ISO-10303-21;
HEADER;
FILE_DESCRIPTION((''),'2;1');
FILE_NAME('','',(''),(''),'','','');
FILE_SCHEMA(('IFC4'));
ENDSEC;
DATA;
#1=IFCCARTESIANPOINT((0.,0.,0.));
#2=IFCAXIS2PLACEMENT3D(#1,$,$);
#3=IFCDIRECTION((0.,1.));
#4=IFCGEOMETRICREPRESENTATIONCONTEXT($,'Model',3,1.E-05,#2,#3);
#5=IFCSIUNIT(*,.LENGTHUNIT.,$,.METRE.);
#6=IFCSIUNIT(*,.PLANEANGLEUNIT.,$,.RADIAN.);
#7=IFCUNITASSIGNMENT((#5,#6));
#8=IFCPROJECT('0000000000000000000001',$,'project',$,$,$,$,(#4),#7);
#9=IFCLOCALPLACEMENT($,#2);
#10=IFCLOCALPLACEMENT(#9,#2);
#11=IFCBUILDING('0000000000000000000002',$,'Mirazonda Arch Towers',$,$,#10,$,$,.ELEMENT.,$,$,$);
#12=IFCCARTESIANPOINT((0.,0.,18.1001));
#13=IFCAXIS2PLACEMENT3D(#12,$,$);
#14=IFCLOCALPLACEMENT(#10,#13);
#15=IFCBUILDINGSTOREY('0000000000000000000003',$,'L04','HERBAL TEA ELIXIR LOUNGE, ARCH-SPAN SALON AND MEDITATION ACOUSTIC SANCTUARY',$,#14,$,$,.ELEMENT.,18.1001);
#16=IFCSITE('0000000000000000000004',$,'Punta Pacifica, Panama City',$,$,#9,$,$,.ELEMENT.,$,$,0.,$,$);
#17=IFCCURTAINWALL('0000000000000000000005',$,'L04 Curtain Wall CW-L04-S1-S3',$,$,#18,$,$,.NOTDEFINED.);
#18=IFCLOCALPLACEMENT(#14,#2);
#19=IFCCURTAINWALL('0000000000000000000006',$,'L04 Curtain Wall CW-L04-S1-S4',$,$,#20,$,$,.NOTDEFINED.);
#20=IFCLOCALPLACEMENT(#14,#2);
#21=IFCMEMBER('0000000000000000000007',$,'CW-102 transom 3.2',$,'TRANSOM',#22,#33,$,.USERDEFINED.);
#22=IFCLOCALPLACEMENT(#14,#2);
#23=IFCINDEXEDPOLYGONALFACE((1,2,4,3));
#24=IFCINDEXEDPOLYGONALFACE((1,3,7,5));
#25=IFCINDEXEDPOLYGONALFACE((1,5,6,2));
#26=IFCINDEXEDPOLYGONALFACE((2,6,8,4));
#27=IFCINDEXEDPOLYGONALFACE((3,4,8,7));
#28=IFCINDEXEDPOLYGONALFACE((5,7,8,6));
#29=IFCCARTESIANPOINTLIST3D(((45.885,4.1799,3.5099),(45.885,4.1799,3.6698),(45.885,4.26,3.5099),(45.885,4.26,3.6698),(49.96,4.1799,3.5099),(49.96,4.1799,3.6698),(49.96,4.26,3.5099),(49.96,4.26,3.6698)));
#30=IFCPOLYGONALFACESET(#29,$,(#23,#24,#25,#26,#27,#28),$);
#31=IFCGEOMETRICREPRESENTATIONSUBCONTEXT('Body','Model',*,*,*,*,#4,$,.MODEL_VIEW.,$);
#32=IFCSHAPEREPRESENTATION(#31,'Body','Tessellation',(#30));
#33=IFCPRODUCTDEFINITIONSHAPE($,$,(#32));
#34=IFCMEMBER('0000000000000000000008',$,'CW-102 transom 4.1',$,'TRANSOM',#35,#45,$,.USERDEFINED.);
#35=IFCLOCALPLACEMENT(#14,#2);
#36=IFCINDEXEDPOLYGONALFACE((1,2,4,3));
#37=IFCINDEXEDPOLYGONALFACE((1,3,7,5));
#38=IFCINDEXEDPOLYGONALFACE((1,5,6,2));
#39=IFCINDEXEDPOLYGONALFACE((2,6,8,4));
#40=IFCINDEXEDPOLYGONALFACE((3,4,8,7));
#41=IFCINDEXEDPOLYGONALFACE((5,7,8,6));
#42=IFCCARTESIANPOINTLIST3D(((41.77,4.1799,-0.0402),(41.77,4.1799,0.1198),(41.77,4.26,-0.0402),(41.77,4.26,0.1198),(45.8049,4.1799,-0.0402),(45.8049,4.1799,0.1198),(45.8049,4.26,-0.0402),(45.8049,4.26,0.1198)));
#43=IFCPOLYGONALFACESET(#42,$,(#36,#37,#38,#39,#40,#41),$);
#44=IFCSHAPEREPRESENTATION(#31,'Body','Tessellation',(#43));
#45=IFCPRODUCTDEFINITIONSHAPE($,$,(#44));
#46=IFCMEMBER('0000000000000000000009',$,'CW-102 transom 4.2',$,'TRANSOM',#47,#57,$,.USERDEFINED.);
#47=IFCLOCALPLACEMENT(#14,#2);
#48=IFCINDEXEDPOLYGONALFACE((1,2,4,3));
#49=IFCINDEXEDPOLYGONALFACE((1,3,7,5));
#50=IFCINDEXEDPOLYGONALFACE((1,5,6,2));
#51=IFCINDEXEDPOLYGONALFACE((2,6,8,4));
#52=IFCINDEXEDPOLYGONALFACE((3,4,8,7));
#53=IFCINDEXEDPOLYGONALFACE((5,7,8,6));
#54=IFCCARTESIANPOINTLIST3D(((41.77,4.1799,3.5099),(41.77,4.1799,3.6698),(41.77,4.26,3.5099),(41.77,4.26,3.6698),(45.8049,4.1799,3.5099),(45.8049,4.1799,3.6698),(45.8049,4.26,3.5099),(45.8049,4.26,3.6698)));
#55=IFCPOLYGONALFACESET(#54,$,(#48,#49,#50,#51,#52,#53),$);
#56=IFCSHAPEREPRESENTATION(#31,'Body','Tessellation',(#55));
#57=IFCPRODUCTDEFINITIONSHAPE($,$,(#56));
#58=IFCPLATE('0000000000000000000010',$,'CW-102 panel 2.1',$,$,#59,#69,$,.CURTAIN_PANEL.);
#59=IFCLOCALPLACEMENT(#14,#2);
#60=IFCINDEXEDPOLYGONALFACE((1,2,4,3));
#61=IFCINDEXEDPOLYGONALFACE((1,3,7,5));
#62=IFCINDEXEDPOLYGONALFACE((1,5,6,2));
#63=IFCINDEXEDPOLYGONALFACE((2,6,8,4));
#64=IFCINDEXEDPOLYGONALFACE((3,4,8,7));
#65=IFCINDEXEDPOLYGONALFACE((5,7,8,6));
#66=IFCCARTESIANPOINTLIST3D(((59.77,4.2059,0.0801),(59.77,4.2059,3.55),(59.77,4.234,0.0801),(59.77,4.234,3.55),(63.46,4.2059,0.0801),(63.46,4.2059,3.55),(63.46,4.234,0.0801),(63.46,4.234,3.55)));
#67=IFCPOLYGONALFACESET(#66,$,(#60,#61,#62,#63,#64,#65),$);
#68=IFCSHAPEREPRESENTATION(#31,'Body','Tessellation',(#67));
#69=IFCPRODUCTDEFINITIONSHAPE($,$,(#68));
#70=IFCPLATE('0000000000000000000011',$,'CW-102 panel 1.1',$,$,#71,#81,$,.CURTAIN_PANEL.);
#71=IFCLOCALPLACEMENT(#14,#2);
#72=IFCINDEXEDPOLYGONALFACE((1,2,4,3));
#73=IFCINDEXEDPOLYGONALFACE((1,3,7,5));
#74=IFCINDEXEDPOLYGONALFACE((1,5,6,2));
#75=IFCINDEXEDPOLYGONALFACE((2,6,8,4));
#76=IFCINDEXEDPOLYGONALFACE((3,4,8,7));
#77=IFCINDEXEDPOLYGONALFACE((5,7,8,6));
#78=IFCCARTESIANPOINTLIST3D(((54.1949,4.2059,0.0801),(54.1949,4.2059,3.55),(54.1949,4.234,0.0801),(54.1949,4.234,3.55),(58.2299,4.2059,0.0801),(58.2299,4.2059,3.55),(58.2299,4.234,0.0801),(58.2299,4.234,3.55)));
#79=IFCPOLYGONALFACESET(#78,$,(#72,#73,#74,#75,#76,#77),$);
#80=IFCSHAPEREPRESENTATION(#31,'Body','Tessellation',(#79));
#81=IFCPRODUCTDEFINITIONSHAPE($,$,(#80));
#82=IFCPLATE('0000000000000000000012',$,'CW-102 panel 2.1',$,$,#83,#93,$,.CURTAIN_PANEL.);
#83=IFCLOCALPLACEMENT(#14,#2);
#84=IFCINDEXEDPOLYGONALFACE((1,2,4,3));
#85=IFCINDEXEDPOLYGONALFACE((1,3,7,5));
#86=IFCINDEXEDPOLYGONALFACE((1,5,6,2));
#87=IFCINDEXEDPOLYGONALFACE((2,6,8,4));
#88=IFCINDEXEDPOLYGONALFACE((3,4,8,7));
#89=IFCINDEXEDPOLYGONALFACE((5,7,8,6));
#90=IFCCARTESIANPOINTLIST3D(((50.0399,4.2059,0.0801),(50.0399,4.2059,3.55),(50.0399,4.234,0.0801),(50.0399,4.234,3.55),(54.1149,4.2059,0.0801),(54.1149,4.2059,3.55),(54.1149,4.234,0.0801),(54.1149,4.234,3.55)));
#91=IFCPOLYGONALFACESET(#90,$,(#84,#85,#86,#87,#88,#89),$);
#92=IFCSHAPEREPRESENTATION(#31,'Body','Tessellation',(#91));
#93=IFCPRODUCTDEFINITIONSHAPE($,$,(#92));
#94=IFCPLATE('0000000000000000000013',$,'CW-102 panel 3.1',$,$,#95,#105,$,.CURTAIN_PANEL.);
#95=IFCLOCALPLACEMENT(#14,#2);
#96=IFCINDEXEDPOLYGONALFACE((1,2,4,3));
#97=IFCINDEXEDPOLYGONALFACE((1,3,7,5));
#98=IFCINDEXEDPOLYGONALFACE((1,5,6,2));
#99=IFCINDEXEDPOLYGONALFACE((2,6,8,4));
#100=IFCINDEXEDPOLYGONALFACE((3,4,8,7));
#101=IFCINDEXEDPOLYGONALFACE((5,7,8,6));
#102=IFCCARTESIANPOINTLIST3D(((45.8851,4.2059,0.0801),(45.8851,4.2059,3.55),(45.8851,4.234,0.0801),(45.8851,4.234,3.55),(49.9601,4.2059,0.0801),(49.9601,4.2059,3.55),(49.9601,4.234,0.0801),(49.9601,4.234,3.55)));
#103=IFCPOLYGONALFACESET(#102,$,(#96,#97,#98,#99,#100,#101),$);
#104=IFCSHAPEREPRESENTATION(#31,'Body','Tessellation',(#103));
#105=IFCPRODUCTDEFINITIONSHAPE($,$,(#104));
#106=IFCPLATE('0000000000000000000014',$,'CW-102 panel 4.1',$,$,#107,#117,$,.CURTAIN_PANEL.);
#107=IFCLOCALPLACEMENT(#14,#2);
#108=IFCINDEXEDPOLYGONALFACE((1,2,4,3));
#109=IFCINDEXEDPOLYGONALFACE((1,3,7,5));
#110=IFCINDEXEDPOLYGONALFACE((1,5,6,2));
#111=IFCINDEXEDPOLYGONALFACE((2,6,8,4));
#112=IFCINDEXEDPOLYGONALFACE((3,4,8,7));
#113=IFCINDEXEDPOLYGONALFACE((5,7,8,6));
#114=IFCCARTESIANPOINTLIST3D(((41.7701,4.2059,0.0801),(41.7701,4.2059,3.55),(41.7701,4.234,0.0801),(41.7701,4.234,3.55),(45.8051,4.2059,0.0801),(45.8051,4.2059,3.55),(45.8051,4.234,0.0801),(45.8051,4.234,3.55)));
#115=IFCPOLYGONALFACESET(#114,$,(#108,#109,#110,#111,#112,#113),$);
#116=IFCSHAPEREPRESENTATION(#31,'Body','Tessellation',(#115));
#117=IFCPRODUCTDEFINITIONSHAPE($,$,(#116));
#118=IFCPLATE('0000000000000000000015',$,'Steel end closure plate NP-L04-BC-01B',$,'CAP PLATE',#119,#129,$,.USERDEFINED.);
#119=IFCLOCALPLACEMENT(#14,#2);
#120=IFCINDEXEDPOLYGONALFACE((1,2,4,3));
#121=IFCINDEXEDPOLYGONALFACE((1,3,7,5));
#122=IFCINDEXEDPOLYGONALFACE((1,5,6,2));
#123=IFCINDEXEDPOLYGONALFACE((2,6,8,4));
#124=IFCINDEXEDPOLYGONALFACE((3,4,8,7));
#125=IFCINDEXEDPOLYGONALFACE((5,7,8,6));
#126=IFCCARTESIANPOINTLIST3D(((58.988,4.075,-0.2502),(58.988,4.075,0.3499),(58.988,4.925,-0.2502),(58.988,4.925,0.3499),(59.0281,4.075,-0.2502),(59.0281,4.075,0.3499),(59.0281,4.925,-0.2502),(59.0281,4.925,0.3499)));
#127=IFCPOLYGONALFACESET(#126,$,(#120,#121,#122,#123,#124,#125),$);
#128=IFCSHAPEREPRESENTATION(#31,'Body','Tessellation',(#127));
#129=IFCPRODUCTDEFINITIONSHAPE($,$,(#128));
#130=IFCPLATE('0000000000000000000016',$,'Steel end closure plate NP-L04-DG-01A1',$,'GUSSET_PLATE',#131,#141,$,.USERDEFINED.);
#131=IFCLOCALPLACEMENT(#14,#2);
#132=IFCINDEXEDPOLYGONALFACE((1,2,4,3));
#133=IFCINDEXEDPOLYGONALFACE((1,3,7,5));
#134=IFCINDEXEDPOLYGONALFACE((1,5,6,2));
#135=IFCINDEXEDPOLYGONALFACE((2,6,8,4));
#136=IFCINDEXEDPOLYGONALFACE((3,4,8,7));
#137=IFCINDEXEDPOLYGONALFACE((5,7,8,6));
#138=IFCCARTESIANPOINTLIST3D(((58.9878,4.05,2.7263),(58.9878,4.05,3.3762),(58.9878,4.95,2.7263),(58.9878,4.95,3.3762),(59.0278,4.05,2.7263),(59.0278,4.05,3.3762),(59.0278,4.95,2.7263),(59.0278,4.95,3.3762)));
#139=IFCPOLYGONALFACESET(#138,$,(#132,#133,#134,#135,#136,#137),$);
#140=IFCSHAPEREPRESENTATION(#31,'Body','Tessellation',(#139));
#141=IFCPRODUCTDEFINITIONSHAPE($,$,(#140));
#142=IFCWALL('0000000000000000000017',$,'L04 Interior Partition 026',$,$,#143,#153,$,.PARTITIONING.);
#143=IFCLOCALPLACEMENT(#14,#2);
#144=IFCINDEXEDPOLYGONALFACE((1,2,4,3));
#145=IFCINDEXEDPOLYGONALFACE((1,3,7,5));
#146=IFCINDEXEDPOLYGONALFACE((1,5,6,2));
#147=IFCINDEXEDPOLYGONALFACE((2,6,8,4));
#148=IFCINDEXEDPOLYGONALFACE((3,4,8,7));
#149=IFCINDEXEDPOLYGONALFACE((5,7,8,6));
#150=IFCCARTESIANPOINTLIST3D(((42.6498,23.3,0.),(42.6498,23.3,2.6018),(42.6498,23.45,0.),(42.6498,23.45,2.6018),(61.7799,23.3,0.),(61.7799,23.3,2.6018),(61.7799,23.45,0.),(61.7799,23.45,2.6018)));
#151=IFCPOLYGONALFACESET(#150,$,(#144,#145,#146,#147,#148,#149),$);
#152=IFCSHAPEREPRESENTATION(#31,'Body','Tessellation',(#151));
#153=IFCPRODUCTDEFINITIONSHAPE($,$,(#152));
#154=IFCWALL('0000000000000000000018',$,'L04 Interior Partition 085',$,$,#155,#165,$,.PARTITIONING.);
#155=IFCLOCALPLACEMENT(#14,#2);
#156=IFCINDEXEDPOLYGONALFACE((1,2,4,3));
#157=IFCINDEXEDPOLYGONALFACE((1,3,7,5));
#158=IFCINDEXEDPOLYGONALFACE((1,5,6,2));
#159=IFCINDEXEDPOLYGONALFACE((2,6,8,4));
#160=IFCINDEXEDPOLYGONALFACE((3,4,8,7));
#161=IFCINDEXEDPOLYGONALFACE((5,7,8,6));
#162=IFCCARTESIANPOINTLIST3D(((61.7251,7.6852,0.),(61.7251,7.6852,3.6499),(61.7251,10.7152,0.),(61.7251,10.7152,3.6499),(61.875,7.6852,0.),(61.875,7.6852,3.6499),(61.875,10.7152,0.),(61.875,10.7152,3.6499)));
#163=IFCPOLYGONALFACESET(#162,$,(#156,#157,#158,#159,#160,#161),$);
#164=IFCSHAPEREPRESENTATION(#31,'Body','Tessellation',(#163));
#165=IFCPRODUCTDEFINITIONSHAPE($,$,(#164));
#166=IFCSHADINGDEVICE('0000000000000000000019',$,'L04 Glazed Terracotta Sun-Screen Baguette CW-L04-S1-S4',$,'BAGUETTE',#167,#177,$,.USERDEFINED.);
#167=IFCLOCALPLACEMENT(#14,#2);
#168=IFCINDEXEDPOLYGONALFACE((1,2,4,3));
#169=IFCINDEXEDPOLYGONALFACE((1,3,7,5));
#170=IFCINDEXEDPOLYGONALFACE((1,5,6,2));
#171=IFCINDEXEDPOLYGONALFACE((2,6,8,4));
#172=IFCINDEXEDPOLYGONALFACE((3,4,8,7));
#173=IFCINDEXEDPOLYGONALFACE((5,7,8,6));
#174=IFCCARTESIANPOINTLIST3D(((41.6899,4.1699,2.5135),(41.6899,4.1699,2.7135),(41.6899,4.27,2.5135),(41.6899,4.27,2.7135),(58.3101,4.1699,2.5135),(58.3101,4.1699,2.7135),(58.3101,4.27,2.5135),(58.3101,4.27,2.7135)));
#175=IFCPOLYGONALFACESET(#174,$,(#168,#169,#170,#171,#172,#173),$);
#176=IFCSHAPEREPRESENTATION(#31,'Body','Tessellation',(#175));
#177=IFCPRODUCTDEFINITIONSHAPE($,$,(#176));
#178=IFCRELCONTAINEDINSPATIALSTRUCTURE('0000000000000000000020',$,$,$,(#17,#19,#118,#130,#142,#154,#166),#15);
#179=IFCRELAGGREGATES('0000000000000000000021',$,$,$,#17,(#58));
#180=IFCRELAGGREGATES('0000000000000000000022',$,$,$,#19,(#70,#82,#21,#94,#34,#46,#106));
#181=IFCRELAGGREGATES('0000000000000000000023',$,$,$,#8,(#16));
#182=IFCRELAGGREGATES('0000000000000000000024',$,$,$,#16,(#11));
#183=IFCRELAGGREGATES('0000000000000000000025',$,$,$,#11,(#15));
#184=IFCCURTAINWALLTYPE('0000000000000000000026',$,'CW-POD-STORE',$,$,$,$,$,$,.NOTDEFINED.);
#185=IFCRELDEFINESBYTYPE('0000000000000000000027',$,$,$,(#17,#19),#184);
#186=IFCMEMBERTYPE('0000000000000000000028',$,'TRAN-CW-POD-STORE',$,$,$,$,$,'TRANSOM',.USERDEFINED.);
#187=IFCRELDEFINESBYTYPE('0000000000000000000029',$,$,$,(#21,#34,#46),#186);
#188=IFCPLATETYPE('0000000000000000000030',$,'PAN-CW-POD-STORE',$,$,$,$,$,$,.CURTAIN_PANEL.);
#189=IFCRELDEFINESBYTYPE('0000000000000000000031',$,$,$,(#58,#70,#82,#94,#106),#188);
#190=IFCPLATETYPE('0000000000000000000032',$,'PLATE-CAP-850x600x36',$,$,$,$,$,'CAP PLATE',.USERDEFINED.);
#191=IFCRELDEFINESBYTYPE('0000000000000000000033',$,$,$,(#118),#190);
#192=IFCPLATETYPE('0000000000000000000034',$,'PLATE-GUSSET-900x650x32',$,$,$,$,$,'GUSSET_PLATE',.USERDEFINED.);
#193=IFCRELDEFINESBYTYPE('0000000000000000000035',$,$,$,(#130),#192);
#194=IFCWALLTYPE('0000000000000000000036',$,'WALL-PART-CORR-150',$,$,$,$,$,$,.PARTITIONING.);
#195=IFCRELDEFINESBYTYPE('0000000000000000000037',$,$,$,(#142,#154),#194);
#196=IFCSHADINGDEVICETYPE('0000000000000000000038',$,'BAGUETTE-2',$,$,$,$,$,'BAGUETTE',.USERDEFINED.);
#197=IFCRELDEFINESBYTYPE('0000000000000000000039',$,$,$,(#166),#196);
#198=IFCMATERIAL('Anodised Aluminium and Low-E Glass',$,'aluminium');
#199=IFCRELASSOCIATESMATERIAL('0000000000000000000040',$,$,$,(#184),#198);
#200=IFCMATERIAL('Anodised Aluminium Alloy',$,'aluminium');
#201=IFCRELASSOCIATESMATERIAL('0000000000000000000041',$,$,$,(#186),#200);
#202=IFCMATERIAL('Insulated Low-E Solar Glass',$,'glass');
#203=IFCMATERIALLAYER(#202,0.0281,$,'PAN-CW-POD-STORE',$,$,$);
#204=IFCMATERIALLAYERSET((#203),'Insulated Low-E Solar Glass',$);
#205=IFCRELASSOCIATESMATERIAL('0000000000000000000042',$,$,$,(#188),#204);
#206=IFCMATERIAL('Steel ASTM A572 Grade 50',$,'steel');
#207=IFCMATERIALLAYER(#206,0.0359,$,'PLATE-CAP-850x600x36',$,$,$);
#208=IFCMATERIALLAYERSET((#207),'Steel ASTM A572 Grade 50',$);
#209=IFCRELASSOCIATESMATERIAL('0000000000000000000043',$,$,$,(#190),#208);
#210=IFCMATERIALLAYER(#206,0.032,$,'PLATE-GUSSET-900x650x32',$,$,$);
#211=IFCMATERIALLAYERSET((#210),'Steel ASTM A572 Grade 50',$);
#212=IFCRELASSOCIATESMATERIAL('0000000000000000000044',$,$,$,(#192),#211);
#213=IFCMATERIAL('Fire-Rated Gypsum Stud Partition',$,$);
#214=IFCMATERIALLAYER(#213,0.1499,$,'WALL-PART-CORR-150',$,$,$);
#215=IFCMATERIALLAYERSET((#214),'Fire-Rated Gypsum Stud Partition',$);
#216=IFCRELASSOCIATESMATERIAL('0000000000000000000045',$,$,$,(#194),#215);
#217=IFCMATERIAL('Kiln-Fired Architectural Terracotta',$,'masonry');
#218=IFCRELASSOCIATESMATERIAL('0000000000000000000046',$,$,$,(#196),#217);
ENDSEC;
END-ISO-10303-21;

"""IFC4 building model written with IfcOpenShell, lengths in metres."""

from ifc_helpers import new_model, si_unit, direction, frame, frame_2d, origin, origin_2d, place, context, subcontext, project, spatial, rectangle, extrude, material, layer, layer_set, material_profile, profile_set, type_object, element, aggregate, save


model = new_model("IFC4")

# Units and contexts
model_context = context("Model", 3, precision=1e-05, world=origin(), true_north=direction((0.0, 1.0)))
body_context = subcontext(model_context, "Body", "Model", "MODEL_VIEW")
ifc_project = project(units=[si_unit("LENGTHUNIT", "METRE"), si_unit("PLANEANGLEUNIT", "RADIAN")], contexts=[model_context])

# Site, building, storey
site_placement = place(None, origin())
site = spatial("IfcSite", under=ifc_project, at=site_placement, Name="Punta Pacifica, Panama City", CompositionType="ELEMENT", RefElevation=0.0)
building_placement = place(site_placement, origin())
building = spatial("IfcBuilding", under=site, at=building_placement, Name="Mirazonda Arch Towers", CompositionType="ELEMENT")
storey_placement = place(building_placement, frame((0.0, 0.0, 18.1001)))
storey = spatial("IfcBuildingStorey", under=building, at=storey_placement, Name="L04", Description="HERBAL TEA ELIXIR LOUNGE, ARCH-SPAN SALON AND MEDITATION ACOUSTIC SANCTUARY", CompositionType="ELEMENT", Elevation=18.1001)

# Shared definitions
ifc_material_1 = material(Name="Steel ASTM A572 Grade 50", Category="steel")

# Curtain wall
ifc_material_2 = material(Name="Anodised Aluminium and Low-E Glass", Category="aluminium")
curtain_wall_type = type_object("IfcCurtainWallType", Name="CW-POD-STORE", PredefinedType="NOTDEFINED", material=ifc_material_2)
curtain_wall_1_placement = place(storey_placement, origin())
curtain_wall_1 = element("IfcCurtainWall", 1, at=curtain_wall_1_placement, inside=storey, type_object=curtain_wall_type, Name="L04 Curtain Wall CW-L04-S1-S3", PredefinedType="NOTDEFINED")
ifc_material_3 = material(Name="Anodised Aluminium Alloy", Category="aluminium")

# Curtain wall, members
curtain_wall_2_placement = place(storey_placement, origin())
curtain_wall_2 = element("IfcCurtainWall", 2, at=curtain_wall_2_placement, inside=storey, type_object=curtain_wall_type, Name="L04 Curtain Wall CW-L04-S1-S4", PredefinedType="NOTDEFINED")
ifc_material_profile_1 = material_profile(ifc_material_3, rectangle(XDim=0.0801, YDim=0.1599, at=origin_2d()), Name="ALU-TRAN-80x160")
ifc_profile_set_1 = profile_set([ifc_material_profile_1], Name="Anodised Aluminium Alloy")
member_type_1 = type_object("IfcMemberType", Name="TRAN-CW-POD-STORE", ElementType="TRANSOM", PredefinedType="USERDEFINED", material=ifc_profile_set_1)
member_1_placement = place(storey_placement, frame((49.96, 4.22, 3.5898), z_axis=(-1.0, 0.0, 0.0), x_axis=(0.0, -1.0, 0.0)))
member_1 = element("IfcMember", 3, at=member_1_placement, type_object=member_type_1, Name="CW-102 transom 3.2", ObjectType="TRANSOM", PredefinedType="USERDEFINED", context=body_context, shape_type="SweptSolid", body=[
    extrude(rectangle(XDim=0.0801, YDim=0.1599, at=origin_2d()), origin(), (0.0, 0.0, 1.0), 4.075),
])
member_2_placement = place(storey_placement, frame((45.8049, 4.22, 0.0398), z_axis=(-1.0, 0.0, 0.0), x_axis=(0.0, -1.0, 0.0)))
member_2 = element("IfcMember", 4, at=member_2_placement, type_object=member_type_1, Name="CW-102 transom 4.1", ObjectType="TRANSOM", PredefinedType="USERDEFINED", context=body_context, shape_type="SweptSolid", body=[
    extrude(rectangle(XDim=0.0801, YDim=0.1599, at=origin_2d()), origin(), (0.0, 0.0, 1.0), 4.0349),
])
member_3_placement = place(storey_placement, frame((45.8049, 4.22, 3.5898), z_axis=(-1.0, 0.0, 0.0), x_axis=(0.0, -1.0, 0.0)))
member_3 = element("IfcMember", 5, at=member_3_placement, type_object=member_type_1, Name="CW-102 transom 4.2", ObjectType="TRANSOM", PredefinedType="USERDEFINED", context=body_context, shape_type="SweptSolid", body=[
    extrude(rectangle(XDim=0.0801, YDim=0.1599, at=origin_2d()), origin(), (0.0, 0.0, 1.0), 4.0349),
])

# Plates
ifc_material_4 = material(Name="Insulated Low-E Solar Glass", Category="glass")
ifc_layer_1 = layer(ifc_material_4, 0.0281, Name="PAN-CW-POD-STORE")
ifc_layer_set_1 = layer_set([ifc_layer_1], Name="Insulated Low-E Solar Glass")
plate_type_1 = type_object("IfcPlateType", Name="PAN-CW-POD-STORE", PredefinedType="CURTAIN_PANEL", material=ifc_layer_set_1)
plate_1_placement = place(storey_placement, frame((61.615, 4.22, 0.0801), z_axis=(0.0, 0.0, 1.0), x_axis=(-1.0, 0.0, 0.0)))
plate_1 = element("IfcPlate", 6, at=plate_1_placement, type_object=plate_type_1, Name="CW-102 panel 2.1", PredefinedType="CURTAIN_PANEL", context=body_context, shape_type="SweptSolid", body=[
    extrude(rectangle(XDim=3.6899, YDim=0.0281, at=origin_2d()), origin(), (0.0, 0.0, 1.0), 3.47),
])
aggregate(curtain_wall_1, [plate_1])
plate_2_placement = place(storey_placement, frame((56.2124, 4.22, 0.0801), z_axis=(0.0, 0.0, 1.0), x_axis=(-1.0, 0.0, 0.0)))
plate_2 = element("IfcPlate", 7, at=plate_2_placement, type_object=plate_type_1, Name="CW-102 panel 1.1", PredefinedType="CURTAIN_PANEL", context=body_context, shape_type="SweptSolid", body=[
    extrude(rectangle(XDim=4.0349, YDim=0.0281, at=origin_2d()), origin(), (0.0, 0.0, 1.0), 3.47),
])
plate_3_placement = place(storey_placement, frame((52.0774, 4.22, 0.0801), z_axis=(0.0, 0.0, 1.0), x_axis=(-1.0, 0.0, 0.0)))
plate_3 = element("IfcPlate", 8, at=plate_3_placement, type_object=plate_type_1, Name="CW-102 panel 2.1", PredefinedType="CURTAIN_PANEL", context=body_context, shape_type="SweptSolid", body=[
    extrude(rectangle(XDim=4.075, YDim=0.0281, at=origin_2d()), origin(), (0.0, 0.0, 1.0), 3.47),
])
plate_4_placement = place(storey_placement, frame((47.9226, 4.22, 0.0801), z_axis=(0.0, 0.0, 1.0), x_axis=(-1.0, 0.0, 0.0)))
plate_4 = element("IfcPlate", 9, at=plate_4_placement, type_object=plate_type_1, Name="CW-102 panel 3.1", PredefinedType="CURTAIN_PANEL", context=body_context, shape_type="SweptSolid", body=[
    extrude(rectangle(XDim=4.075, YDim=0.0281, at=origin_2d()), origin(), (0.0, 0.0, 1.0), 3.47),
])
plate_5_placement = place(storey_placement, frame((43.7876, 4.22, 0.0801), z_axis=(0.0, 0.0, 1.0), x_axis=(-1.0, 0.0, 0.0)))
plate_5 = element("IfcPlate", 10, at=plate_5_placement, type_object=plate_type_1, Name="CW-102 panel 4.1", PredefinedType="CURTAIN_PANEL", context=body_context, shape_type="SweptSolid", body=[
    extrude(rectangle(XDim=4.0349, YDim=0.0281, at=origin_2d()), origin(), (0.0, 0.0, 1.0), 3.47),
])
aggregate(curtain_wall_2, [plate_2, plate_3, member_1, plate_4, member_2, member_3, plate_5])

# Plates
ifc_layer_2 = layer(ifc_material_1, 0.0359, Name="PLATE-CAP-850x600x36")
ifc_layer_set_2 = layer_set([ifc_layer_2], Name="Steel ASTM A572 Grade 50")
plate_type_2 = type_object("IfcPlateType", Name="PLATE-CAP-850x600x36", ElementType="CAP PLATE", PredefinedType="USERDEFINED", material=ifc_layer_set_2)
plate_6_placement = place(storey_placement, frame((59.0081, 4.5, -0.2502), z_axis=(0.0, 0.0, 1.0), x_axis=(1.0, 0.0, 0.0)))
element("IfcPlate", 11, at=plate_6_placement, inside=storey, type_object=plate_type_2, Name="Steel end closure plate NP-L04-BC-01B", ObjectType="CAP PLATE", PredefinedType="USERDEFINED", context=body_context, shape_type="SweptSolid", body=[
    extrude(rectangle(XDim=0.04, YDim=0.8501, at=origin_2d()), origin(), (0.0, 0.0, 1.0), 0.6001),
])
ifc_layer_3 = layer(ifc_material_1, 0.032, Name="PLATE-GUSSET-900x650x32")
ifc_layer_set_3 = layer_set([ifc_layer_3], Name="Steel ASTM A572 Grade 50")
plate_type_3 = type_object("IfcPlateType", Name="PLATE-GUSSET-900x650x32", ElementType="GUSSET_PLATE", PredefinedType="USERDEFINED", material=ifc_layer_set_3)
plate_7_placement = place(storey_placement, frame((59.0078, 4.5, 2.7263), z_axis=(0.0, 0.0, 1.0), x_axis=(1.0, 0.0, 0.0)))
element("IfcPlate", 12, at=plate_7_placement, inside=storey, type_object=plate_type_3, Name="Steel end closure plate NP-L04-DG-01A1", ObjectType="GUSSET_PLATE", PredefinedType="USERDEFINED", context=body_context, shape_type="SweptSolid", body=[
    extrude(rectangle(XDim=0.04, YDim=0.8999, at=origin_2d()), origin(), (0.0, 0.0, 1.0), 0.6499),
])

# Walls
ifc_material_5 = material(Name="Fire-Rated Gypsum Stud Partition")
ifc_layer_4 = layer(ifc_material_5, 0.1499, Name="WALL-PART-CORR-150")
ifc_layer_set_4 = layer_set([ifc_layer_4], Name="Fire-Rated Gypsum Stud Partition")
wall_type = type_object("IfcWallType", Name="WALL-PART-CORR-150", PredefinedType="PARTITIONING", material=ifc_layer_set_4)
wall_1_placement = place(storey_placement, frame((42.6499, 23.375, 0.0), z_axis=(0.0, 0.0, 1.0), x_axis=(1.0, 0.0, 0.0)))
element("IfcWall", 13, at=wall_1_placement, inside=storey, type_object=wall_type, Name="L04 Interior Partition 026", PredefinedType="PARTITIONING", context=body_context, shape_type="SweptSolid", body=[
    extrude(rectangle(XDim=19.1301, YDim=0.1499, at=frame_2d((9.5649, 0.0))), origin(), (0.0, 0.0, 1.0), 2.6018),
])
wall_2_placement = place(storey_placement, frame((61.8, 7.6851, 0.0), z_axis=(0.0, 0.0, 1.0), x_axis=(0.0, 1.0, 0.0)))
element("IfcWall", 14, at=wall_2_placement, inside=storey, type_object=wall_type, Name="L04 Interior Partition 085", PredefinedType="PARTITIONING", context=body_context, shape_type="SweptSolid", body=[
    extrude(rectangle(XDim=3.03, YDim=0.1499, at=frame_2d((1.5151, 0.0))), origin(), (0.0, 0.0, 1.0), 3.6499),
])

# Shading device
ifc_material_6 = material(Name="Kiln-Fired Architectural Terracotta", Category="masonry")
ifc_material_profile_2 = material_profile(ifc_material_6, rectangle(XDim=0.1001, YDim=0.2, at=origin_2d()), Name="TERRA-BAG-100x200")
ifc_profile_set_2 = profile_set([ifc_material_profile_2], Name="Kiln-Fired Architectural Terracotta")
shading_device_type = type_object("IfcShadingDeviceType", Name="BAGUETTE-2", ElementType="BAGUETTE", PredefinedType="USERDEFINED", material=ifc_profile_set_2)
shading_device_placement = place(storey_placement, frame((58.3101, 4.22, 2.6135), z_axis=(-1.0, 0.0, 0.0), x_axis=(0.0, -1.0, 0.0)))
element("IfcShadingDevice", 15, at=shading_device_placement, inside=storey, type_object=shading_device_type, Name="L04 Glazed Terracotta Sun-Screen Baguette CW-L04-S1-S4", ObjectType="BAGUETTE", PredefinedType="USERDEFINED", context=body_context, shape_type="SweptSolid", body=[
    extrude(rectangle(XDim=0.1001, YDim=0.2, at=origin_2d()), origin(), (0.0, 0.0, 1.0), 16.6201),
])

save(model, "model.ifc")
